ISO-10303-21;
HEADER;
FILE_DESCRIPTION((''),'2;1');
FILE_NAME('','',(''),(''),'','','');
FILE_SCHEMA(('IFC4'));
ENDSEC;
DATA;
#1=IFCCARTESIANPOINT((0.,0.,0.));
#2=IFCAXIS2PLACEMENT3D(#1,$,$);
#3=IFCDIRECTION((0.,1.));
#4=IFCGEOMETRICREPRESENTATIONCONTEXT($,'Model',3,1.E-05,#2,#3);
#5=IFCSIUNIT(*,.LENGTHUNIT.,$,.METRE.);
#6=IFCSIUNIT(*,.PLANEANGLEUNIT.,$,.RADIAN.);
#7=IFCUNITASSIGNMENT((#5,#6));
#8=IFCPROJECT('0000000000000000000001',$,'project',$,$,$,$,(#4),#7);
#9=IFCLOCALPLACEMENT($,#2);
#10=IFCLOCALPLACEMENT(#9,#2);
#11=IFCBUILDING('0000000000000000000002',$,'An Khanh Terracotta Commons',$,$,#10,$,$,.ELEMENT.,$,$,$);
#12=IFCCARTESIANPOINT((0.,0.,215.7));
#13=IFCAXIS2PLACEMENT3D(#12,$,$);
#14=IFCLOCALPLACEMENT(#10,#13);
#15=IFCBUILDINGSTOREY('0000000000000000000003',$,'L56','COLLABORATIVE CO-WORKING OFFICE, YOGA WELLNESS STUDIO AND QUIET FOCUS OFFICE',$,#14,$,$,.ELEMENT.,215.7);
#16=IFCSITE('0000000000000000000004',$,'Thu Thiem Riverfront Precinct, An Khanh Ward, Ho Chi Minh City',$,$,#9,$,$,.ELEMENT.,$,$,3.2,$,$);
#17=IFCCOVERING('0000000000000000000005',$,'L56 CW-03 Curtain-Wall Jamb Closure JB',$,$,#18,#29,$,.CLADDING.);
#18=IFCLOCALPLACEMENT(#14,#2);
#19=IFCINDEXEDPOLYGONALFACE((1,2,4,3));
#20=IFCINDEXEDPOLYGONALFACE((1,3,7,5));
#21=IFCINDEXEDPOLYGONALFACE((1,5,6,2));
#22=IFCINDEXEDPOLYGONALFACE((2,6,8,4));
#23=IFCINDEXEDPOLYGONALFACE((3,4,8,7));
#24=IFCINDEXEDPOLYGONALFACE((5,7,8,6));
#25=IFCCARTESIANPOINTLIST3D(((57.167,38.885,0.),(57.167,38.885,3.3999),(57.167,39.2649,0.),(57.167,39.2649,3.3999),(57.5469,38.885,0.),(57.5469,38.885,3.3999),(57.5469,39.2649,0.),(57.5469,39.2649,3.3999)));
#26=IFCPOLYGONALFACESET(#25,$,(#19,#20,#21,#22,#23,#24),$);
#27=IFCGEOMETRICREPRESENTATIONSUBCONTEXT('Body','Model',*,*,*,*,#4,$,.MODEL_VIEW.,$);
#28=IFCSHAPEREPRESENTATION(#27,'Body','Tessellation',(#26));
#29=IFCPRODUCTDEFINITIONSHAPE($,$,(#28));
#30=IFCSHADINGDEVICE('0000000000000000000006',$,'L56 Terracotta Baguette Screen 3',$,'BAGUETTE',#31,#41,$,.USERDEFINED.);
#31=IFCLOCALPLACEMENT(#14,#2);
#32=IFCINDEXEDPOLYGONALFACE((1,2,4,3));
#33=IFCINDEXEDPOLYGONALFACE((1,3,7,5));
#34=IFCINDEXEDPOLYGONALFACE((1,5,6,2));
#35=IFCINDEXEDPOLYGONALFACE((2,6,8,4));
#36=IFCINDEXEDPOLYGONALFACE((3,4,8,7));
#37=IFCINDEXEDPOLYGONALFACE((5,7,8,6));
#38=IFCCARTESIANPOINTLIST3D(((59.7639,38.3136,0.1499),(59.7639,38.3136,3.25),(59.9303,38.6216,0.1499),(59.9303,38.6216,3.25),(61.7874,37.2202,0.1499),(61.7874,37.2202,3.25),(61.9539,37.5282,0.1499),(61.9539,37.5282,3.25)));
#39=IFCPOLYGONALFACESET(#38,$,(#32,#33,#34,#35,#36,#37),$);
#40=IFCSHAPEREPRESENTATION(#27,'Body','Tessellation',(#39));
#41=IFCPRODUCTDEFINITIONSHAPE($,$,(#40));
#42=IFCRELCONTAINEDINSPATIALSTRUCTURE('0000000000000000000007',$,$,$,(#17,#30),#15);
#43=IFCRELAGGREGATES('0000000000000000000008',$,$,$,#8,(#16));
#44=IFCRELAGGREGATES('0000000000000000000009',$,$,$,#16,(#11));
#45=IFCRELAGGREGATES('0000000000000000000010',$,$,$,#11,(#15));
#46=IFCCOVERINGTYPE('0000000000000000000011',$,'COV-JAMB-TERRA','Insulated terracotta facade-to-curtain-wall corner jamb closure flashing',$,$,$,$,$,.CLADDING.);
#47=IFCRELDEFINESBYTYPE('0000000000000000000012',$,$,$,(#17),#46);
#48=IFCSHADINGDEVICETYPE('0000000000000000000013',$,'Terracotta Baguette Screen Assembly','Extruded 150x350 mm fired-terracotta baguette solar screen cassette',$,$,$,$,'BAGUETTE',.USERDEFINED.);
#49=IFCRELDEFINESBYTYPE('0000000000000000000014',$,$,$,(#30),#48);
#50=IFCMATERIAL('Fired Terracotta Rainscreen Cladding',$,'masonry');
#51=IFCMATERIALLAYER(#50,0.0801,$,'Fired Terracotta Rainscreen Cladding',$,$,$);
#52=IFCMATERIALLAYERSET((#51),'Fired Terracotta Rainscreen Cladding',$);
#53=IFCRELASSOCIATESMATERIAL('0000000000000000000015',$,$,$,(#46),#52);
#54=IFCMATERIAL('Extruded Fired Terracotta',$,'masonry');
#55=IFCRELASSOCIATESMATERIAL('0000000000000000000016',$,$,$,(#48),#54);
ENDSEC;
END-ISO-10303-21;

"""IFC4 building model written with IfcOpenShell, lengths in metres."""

from ifc_helpers import new_model, si_unit, direction, frame, origin, origin_2d, place, context, subcontext, project, spatial, rectangle, extrude, material, layer, layer_set, type_object, element, save


model = new_model("IFC4")

# Units and contexts
model_context = context("Model", 3, precision=1e-05, world=origin(), true_north=direction((0.0, 1.0)))
body_context = subcontext(model_context, "Body", "Model", "MODEL_VIEW")
ifc_project = project(units=[si_unit("LENGTHUNIT", "METRE"), si_unit("PLANEANGLEUNIT", "RADIAN")], contexts=[model_context])

# Site, building, storey
site_placement = place(None, origin())
site = spatial("IfcSite", under=ifc_project, at=site_placement, Name="Thu Thiem Riverfront Precinct, An Khanh Ward, Ho Chi Minh City", CompositionType="ELEMENT", RefElevation=3.2)
building_placement = place(site_placement, origin())
building = spatial("IfcBuilding", under=site, at=building_placement, Name="An Khanh Terracotta Commons", CompositionType="ELEMENT")
storey_placement = place(building_placement, frame((0.0, 0.0, 215.7)))
storey = spatial("IfcBuildingStorey", under=building, at=storey_placement, Name="L56", Description="COLLABORATIVE CO-WORKING OFFICE, YOGA WELLNESS STUDIO AND QUIET FOCUS OFFICE", CompositionType="ELEMENT", Elevation=215.7)

# Covering
ifc_material_1 = material(Name="Fired Terracotta Rainscreen Cladding", Category="masonry")
ifc_layer_1 = layer(ifc_material_1, 0.0801, Name="Fired Terracotta Rainscreen Cladding")
ifc_layer_set_1 = layer_set([ifc_layer_1], Name="Fired Terracotta Rainscreen Cladding")
covering_type = type_object("IfcCoveringType", Name="COV-JAMB-TERRA", Description="Insulated terracotta facade-to-curtain-wall corner jamb closure flashing", PredefinedType="CLADDING", material=ifc_layer_set_1)
covering_placement = place(storey_placement, frame((57.3569, 39.075, 0.0), z_axis=(0.0, 0.0, 1.0), x_axis=(1.0, 0.0, 0.0)))
element("IfcCovering", 1, at=covering_placement, inside=storey, type_object=covering_type, Name="L56 CW-03 Curtain-Wall Jamb Closure JB", PredefinedType="CLADDING", context=body_context, shape_type="SweptSolid", body=[
    extrude(rectangle(XDim=0.3799, YDim=0.3799, at=origin_2d()), origin(), (0.0, 0.0, 1.0), 3.3999),
])

# Shading device
ifc_material_2 = material(Name="Extruded Fired Terracotta", Category="masonry")
shading_device_type = type_object("IfcShadingDeviceType", Name="Terracotta Baguette Screen Assembly", Description="Extruded 150x350 mm fired-terracotta baguette solar screen cassette", ElementType="BAGUETTE", PredefinedType="USERDEFINED", material=ifc_material_2)
shading_device_placement = place(storey_placement, frame((60.8589, 37.9209, 0.1499), z_axis=(0.0, 0.0, 1.0), x_axis=(-0.87978, 0.475381, 0.0)))
element("IfcShadingDevice", 2, at=shading_device_placement, inside=storey, type_object=shading_device_type, Name="L56 Terracotta Baguette Screen 3", ObjectType="BAGUETTE", PredefinedType="USERDEFINED", context=body_context, shape_type="SweptSolid", body=[
    extrude(rectangle(XDim=2.3, YDim=0.3501, at=origin_2d()), origin(), (0.0, 0.0, 1.0), 3.1001),
])

save(model, "model.ifc")
